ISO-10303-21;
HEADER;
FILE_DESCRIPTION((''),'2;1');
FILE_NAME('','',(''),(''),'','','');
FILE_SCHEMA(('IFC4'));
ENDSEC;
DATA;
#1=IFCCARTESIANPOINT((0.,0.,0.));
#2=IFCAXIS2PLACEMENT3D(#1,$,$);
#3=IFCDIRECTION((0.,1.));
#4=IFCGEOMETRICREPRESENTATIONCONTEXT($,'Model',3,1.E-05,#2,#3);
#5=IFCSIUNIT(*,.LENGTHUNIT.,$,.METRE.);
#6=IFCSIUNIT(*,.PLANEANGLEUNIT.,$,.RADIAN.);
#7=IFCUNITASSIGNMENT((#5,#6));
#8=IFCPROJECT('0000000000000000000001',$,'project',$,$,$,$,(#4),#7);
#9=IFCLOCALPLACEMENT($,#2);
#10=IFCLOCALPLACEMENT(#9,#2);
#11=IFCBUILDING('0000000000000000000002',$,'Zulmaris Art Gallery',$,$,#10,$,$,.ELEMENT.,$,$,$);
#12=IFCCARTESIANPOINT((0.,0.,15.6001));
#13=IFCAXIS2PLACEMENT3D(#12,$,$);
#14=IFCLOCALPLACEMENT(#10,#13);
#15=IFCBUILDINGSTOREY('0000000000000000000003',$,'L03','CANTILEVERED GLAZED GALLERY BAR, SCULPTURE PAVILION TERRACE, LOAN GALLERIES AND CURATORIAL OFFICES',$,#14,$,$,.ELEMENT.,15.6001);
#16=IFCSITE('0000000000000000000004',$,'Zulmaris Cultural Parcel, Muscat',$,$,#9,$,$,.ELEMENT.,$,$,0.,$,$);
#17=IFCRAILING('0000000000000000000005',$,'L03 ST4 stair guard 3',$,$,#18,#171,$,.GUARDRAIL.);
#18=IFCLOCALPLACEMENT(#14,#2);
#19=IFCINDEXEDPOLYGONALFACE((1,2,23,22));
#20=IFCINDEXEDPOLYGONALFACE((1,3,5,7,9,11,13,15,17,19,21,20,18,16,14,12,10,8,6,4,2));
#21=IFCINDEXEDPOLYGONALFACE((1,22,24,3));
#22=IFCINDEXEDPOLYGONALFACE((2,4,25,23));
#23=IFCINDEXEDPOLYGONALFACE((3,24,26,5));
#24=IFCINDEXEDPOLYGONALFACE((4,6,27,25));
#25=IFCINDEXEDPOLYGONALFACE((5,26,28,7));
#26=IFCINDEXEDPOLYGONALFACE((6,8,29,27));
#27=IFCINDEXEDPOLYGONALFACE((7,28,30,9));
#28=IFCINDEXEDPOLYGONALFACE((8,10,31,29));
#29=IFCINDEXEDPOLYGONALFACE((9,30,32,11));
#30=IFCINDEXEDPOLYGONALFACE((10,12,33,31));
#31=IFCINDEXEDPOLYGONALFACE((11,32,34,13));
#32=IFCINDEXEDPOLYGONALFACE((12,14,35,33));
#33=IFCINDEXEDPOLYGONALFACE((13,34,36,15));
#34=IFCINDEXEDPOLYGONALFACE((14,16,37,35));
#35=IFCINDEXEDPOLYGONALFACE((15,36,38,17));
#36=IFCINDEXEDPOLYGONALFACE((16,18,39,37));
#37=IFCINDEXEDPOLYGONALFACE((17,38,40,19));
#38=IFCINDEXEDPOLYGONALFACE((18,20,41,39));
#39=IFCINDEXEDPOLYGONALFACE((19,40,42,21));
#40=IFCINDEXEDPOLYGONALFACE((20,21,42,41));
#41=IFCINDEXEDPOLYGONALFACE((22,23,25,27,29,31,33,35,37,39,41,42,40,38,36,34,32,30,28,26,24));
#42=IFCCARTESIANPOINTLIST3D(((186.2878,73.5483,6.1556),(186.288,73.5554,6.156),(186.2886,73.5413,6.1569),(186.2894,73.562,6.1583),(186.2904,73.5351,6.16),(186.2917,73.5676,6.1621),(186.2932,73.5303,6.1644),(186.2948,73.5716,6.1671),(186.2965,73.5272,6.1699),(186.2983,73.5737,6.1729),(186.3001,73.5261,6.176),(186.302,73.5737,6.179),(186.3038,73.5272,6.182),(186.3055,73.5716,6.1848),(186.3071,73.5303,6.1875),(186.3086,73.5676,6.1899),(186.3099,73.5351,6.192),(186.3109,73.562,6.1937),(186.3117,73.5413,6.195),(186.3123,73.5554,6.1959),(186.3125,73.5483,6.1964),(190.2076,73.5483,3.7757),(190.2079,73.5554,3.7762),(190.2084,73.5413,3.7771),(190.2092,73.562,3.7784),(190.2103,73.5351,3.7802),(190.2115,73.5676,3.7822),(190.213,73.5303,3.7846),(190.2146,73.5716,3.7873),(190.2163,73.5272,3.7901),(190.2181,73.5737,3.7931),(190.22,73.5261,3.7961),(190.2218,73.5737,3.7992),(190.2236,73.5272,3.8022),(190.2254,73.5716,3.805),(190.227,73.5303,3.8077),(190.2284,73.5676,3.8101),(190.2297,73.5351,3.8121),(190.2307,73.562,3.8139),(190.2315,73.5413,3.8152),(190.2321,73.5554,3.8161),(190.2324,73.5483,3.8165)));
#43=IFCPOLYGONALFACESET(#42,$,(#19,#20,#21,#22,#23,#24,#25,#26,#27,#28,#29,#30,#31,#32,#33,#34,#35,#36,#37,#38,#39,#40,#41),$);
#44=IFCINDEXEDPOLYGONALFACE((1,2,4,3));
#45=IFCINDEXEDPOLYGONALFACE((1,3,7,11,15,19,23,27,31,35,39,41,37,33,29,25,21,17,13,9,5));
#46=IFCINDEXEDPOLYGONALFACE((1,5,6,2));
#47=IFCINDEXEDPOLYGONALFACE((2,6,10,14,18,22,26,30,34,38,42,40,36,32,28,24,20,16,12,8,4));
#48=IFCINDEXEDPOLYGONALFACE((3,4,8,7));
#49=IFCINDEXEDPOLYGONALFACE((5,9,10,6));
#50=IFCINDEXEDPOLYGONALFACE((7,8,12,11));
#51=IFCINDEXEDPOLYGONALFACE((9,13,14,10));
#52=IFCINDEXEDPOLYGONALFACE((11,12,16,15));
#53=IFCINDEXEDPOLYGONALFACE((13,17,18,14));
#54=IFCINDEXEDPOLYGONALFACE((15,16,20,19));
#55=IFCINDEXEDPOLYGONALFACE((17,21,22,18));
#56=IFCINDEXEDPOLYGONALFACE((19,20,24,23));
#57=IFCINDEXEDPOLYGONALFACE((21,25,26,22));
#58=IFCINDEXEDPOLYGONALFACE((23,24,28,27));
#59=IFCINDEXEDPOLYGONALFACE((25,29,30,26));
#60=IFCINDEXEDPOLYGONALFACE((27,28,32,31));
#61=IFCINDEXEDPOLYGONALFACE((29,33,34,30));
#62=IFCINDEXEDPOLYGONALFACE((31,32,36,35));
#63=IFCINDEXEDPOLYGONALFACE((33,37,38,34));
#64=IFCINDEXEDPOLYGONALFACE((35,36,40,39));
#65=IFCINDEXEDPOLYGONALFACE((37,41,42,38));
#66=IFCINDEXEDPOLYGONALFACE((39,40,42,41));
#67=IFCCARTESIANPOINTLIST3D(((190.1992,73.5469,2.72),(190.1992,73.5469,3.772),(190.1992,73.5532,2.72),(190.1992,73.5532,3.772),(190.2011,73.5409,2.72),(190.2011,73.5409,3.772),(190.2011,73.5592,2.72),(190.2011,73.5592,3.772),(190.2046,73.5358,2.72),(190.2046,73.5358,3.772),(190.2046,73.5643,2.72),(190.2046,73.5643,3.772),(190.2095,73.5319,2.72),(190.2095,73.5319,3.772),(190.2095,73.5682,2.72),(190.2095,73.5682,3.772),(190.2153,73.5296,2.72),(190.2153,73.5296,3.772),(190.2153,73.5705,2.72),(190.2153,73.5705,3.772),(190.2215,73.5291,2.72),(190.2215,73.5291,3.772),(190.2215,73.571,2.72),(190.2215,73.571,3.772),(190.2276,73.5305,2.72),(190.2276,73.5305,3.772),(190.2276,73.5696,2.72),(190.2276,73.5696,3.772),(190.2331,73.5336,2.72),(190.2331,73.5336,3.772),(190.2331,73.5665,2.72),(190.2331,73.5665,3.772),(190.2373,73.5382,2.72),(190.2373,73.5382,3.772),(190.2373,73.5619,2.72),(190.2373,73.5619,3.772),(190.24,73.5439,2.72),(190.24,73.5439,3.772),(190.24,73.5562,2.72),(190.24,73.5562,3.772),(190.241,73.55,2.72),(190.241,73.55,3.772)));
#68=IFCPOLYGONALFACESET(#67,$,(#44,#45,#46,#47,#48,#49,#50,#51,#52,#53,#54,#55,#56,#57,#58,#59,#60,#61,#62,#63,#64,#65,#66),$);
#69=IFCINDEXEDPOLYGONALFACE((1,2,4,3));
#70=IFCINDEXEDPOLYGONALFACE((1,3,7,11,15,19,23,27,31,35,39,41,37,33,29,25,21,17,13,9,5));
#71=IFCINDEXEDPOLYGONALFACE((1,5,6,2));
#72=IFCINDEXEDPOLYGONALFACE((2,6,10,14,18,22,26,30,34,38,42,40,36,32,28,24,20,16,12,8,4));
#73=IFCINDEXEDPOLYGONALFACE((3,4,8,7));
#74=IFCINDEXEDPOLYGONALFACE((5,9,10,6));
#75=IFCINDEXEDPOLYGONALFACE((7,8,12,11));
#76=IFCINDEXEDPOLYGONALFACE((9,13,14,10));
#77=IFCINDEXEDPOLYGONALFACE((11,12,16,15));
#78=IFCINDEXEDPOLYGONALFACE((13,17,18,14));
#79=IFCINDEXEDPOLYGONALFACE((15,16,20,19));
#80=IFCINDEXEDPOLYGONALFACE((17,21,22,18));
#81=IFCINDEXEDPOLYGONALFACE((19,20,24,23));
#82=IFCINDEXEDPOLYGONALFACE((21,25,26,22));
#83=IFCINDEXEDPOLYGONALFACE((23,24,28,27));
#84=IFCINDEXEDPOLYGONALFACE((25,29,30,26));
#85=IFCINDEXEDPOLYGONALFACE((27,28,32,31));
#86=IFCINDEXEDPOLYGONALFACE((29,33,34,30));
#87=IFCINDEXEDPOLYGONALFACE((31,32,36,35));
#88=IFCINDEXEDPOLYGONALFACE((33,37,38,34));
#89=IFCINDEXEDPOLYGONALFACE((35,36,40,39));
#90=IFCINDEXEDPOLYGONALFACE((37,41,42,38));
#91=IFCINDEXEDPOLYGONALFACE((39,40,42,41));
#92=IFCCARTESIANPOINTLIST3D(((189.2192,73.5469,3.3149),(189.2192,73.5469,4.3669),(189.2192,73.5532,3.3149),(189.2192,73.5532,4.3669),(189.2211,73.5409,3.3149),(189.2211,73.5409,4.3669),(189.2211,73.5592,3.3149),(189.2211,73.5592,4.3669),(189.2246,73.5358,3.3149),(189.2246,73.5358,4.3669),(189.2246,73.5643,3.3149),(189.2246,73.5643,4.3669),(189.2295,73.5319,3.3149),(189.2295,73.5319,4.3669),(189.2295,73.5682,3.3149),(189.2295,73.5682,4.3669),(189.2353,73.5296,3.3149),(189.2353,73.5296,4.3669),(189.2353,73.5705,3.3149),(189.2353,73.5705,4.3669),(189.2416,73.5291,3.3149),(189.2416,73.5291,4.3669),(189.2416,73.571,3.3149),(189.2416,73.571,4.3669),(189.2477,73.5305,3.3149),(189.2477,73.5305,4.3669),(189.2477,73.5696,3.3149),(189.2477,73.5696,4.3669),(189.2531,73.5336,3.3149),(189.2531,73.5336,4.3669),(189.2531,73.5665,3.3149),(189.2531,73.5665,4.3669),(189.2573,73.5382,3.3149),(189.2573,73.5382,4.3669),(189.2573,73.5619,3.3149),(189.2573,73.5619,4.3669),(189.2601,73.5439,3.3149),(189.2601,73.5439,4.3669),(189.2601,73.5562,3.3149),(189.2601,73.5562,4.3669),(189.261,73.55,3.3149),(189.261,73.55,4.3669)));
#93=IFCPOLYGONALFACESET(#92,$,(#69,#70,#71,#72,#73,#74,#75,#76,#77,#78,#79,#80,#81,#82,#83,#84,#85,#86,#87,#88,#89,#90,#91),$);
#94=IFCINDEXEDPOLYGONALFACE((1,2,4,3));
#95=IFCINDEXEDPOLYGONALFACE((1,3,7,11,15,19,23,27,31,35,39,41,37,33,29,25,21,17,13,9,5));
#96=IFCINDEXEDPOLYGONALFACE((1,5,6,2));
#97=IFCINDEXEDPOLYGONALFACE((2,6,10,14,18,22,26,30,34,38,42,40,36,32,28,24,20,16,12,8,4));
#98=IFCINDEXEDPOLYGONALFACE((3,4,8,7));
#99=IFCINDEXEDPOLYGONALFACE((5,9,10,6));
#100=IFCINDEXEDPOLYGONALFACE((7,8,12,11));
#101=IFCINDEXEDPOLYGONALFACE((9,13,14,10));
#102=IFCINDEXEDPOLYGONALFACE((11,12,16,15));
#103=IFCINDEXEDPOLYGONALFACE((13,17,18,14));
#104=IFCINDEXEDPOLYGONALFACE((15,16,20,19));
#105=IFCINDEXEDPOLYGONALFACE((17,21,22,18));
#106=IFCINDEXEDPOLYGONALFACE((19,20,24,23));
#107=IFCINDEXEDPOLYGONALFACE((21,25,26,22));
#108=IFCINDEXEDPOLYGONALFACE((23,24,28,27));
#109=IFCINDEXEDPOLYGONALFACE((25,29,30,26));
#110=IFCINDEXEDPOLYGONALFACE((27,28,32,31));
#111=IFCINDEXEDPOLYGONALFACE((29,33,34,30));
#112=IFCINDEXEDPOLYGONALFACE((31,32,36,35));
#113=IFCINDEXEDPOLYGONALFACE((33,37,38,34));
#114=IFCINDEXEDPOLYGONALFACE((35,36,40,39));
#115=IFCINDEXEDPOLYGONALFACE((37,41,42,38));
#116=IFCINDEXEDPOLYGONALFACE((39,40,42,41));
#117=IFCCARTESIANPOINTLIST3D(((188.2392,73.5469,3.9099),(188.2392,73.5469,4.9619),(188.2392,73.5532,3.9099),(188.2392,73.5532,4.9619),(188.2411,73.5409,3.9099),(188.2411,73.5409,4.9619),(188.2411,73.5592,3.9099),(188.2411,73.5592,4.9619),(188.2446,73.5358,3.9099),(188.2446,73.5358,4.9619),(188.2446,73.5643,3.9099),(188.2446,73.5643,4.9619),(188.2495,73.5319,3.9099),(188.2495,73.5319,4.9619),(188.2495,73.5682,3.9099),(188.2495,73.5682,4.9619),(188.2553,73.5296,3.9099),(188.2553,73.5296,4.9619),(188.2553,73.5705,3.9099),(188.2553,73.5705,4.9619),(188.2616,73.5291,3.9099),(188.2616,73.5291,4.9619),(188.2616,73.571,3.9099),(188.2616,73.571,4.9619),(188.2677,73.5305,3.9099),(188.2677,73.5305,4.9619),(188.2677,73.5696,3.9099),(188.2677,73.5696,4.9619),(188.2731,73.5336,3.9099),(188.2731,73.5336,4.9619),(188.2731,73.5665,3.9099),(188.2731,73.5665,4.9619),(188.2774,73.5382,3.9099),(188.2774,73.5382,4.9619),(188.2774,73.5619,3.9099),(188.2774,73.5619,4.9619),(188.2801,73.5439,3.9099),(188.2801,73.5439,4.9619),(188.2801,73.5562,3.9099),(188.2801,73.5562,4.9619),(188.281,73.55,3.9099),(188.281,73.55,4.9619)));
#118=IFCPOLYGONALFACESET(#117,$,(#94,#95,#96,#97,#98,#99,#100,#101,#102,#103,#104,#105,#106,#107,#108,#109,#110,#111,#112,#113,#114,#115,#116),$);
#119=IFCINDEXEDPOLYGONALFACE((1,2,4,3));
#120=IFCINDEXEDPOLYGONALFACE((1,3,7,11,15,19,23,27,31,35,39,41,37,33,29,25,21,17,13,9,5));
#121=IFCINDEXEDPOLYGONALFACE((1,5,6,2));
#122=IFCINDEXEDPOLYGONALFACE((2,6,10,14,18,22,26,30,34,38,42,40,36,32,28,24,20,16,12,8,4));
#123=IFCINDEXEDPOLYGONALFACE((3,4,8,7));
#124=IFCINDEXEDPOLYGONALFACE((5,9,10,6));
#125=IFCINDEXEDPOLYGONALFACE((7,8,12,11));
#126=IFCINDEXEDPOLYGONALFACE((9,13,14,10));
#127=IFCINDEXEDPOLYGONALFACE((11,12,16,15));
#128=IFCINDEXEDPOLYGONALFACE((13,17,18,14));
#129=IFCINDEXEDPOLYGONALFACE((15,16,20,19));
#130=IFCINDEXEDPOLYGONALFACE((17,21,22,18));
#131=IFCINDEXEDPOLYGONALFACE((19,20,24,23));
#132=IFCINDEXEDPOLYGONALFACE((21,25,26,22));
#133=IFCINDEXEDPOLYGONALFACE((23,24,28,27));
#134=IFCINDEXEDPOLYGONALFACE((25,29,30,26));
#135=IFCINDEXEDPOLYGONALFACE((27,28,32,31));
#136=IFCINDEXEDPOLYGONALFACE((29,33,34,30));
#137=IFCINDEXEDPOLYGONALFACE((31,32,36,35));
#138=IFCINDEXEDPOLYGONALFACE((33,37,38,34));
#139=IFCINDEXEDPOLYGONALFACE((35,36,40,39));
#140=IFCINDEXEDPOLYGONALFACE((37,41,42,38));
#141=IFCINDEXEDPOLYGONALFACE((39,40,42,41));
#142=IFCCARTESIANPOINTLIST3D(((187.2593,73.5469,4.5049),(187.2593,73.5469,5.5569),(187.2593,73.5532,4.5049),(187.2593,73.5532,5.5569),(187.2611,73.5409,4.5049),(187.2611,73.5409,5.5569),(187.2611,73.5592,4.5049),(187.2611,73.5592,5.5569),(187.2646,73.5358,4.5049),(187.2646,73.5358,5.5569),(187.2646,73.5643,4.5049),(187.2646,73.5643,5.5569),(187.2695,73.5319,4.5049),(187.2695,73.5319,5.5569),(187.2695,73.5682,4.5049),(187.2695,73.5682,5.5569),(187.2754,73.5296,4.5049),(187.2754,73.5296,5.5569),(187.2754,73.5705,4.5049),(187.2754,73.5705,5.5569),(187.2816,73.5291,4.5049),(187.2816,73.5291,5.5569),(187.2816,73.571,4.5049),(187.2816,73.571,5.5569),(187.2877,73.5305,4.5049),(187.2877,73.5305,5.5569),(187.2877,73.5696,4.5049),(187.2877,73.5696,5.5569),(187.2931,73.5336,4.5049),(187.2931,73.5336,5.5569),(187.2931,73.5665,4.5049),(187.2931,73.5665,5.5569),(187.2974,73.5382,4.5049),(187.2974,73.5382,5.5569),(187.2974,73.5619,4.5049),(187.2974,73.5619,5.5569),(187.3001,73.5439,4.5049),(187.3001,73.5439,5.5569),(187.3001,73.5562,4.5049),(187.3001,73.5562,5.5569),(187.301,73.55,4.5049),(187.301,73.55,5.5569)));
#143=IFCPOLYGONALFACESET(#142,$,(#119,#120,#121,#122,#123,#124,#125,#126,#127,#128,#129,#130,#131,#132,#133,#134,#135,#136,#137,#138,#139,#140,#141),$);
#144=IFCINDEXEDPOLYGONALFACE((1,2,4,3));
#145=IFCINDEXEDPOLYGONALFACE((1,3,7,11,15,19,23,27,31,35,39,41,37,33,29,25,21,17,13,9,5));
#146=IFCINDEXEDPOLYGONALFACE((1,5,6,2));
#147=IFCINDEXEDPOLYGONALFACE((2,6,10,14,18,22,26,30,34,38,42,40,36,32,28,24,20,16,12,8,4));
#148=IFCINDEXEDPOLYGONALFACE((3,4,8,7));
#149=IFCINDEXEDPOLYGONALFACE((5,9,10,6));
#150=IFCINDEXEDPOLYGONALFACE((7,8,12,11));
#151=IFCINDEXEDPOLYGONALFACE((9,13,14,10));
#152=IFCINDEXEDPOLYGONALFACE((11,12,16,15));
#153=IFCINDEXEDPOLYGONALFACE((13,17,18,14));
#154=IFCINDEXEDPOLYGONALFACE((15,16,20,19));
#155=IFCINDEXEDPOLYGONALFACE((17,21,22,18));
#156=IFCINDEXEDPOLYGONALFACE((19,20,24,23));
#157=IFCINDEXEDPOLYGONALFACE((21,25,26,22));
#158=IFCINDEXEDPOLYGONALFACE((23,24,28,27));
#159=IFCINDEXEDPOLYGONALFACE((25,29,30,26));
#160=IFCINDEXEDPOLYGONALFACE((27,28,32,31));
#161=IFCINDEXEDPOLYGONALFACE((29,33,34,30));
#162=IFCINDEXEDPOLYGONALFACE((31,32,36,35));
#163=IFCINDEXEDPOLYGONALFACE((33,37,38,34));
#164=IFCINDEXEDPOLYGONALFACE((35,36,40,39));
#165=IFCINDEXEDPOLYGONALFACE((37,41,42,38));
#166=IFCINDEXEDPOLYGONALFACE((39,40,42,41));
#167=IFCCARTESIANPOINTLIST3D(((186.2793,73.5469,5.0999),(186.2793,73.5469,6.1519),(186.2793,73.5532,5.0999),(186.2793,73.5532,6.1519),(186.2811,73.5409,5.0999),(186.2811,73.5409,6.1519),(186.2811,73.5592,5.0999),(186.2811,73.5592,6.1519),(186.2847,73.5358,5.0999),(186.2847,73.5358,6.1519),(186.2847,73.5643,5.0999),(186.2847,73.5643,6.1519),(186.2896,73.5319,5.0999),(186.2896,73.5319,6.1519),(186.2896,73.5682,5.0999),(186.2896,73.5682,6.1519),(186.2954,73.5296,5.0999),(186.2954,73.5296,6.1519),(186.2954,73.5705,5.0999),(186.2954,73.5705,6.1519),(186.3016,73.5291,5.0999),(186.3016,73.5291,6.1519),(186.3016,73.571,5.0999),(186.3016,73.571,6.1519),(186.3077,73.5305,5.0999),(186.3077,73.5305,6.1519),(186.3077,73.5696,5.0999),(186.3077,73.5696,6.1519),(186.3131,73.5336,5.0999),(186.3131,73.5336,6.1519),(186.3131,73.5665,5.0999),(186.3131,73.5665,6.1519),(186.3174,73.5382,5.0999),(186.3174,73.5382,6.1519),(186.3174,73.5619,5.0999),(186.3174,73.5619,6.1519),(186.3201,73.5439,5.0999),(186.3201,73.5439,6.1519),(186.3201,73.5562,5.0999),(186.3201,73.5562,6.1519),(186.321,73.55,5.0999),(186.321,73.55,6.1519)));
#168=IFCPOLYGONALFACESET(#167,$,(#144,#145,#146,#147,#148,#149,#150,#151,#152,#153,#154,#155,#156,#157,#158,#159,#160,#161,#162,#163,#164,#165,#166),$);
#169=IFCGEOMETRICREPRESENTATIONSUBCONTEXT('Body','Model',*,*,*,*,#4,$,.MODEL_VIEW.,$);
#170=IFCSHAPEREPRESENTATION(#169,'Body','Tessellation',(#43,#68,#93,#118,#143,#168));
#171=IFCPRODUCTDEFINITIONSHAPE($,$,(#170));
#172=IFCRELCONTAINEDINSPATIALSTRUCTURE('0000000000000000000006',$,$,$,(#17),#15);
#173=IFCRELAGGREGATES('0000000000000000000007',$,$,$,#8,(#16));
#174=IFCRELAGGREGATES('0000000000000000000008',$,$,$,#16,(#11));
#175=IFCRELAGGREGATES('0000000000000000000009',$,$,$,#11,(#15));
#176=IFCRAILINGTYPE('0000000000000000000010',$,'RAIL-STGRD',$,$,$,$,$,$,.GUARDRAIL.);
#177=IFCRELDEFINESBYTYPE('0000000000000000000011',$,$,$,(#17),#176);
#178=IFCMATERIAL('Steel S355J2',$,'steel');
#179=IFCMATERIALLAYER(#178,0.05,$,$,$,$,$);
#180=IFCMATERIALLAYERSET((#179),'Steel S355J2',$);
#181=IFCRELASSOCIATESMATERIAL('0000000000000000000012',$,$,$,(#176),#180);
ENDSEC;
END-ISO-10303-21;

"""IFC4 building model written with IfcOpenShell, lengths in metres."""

from ifc_helpers import new_model, si_unit, direction, frame, origin, origin_2d, place, context, subcontext, project, spatial, circle, extrude, material, layer, layer_set, type_object, element, save


model = new_model("IFC4")

# Units and contexts
model_context = context("Model", 3, precision=1e-05, world=origin(), true_north=direction((0.0, 1.0)))
body_context = subcontext(model_context, "Body", "Model", "MODEL_VIEW")
ifc_project = project(units=[si_unit("LENGTHUNIT", "METRE"), si_unit("PLANEANGLEUNIT", "RADIAN")], contexts=[model_context])

# Site, building, storey
site_placement = place(None, origin())
site = spatial("IfcSite", under=ifc_project, at=site_placement, Name="Zulmaris Cultural Parcel, Muscat", CompositionType="ELEMENT", RefElevation=0.0)
building_placement = place(site_placement, origin())
building = spatial("IfcBuilding", under=site, at=building_placement, Name="Zulmaris Art Gallery", CompositionType="ELEMENT")
storey_placement = place(building_placement, frame((0.0, 0.0, 15.6001)))
storey = spatial("IfcBuildingStorey", under=building, at=storey_placement, Name="L03", Description="CANTILEVERED GLAZED GALLERY BAR, SCULPTURE PAVILION TERRACE, LOAN GALLERIES AND CURATORIAL OFFICES", CompositionType="ELEMENT", Elevation=15.6001)

# Shared definitions
ifc_material_1 = material(Name="Steel S355J2", Category="steel")

# Railing
ifc_layer_1 = layer(ifc_material_1, 0.05)
ifc_layer_set_1 = layer_set([ifc_layer_1], Name="Steel S355J2")
railing_type_1 = type_object("IfcRailingType", Name="RAIL-STGRD", PredefinedType="GUARDRAIL", material=ifc_layer_set_1)
railing_1_placement = place(storey_placement, frame((190.22, 73.55, 2.72)))
element("IfcRailing", 1, at=railing_1_placement, inside=storey, type_object=railing_type_1, Name="L03 ST4 stair guard 3", PredefinedType="GUARDRAIL", context=body_context, shape_type="SweptSolid", body=[
    extrude(circle(Radius=0.0239, at=origin_2d()), frame((0.0, 0.0, 1.0762), z_axis=(-0.854794, 0.0, 0.518967), x_axis=(0.0, -1.0, 0.0)), (0.0, 0.0, 1.0), 4.5857),
    extrude(circle(Radius=0.021, at=origin_2d()), origin(), (0.0, 0.0, 1.0), 1.052),
    extrude(circle(Radius=0.021, at=origin_2d()), frame((-0.98, 0.0, 0.595)), (0.0, 0.0, 1.0), 1.052),
    extrude(circle(Radius=0.021, at=origin_2d()), frame((-1.96, 0.0, 1.1899)), (0.0, 0.0, 1.0), 1.052),
    extrude(circle(Radius=0.021, at=origin_2d()), frame((-2.9399, 0.0, 1.7849)), (0.0, 0.0, 1.0), 1.052),
    extrude(circle(Radius=0.021, at=origin_2d()), frame((-3.9199, 0.0, 2.3799)), (0.0, 0.0, 1.0), 1.052),
])

save(model, "model.ifc")
